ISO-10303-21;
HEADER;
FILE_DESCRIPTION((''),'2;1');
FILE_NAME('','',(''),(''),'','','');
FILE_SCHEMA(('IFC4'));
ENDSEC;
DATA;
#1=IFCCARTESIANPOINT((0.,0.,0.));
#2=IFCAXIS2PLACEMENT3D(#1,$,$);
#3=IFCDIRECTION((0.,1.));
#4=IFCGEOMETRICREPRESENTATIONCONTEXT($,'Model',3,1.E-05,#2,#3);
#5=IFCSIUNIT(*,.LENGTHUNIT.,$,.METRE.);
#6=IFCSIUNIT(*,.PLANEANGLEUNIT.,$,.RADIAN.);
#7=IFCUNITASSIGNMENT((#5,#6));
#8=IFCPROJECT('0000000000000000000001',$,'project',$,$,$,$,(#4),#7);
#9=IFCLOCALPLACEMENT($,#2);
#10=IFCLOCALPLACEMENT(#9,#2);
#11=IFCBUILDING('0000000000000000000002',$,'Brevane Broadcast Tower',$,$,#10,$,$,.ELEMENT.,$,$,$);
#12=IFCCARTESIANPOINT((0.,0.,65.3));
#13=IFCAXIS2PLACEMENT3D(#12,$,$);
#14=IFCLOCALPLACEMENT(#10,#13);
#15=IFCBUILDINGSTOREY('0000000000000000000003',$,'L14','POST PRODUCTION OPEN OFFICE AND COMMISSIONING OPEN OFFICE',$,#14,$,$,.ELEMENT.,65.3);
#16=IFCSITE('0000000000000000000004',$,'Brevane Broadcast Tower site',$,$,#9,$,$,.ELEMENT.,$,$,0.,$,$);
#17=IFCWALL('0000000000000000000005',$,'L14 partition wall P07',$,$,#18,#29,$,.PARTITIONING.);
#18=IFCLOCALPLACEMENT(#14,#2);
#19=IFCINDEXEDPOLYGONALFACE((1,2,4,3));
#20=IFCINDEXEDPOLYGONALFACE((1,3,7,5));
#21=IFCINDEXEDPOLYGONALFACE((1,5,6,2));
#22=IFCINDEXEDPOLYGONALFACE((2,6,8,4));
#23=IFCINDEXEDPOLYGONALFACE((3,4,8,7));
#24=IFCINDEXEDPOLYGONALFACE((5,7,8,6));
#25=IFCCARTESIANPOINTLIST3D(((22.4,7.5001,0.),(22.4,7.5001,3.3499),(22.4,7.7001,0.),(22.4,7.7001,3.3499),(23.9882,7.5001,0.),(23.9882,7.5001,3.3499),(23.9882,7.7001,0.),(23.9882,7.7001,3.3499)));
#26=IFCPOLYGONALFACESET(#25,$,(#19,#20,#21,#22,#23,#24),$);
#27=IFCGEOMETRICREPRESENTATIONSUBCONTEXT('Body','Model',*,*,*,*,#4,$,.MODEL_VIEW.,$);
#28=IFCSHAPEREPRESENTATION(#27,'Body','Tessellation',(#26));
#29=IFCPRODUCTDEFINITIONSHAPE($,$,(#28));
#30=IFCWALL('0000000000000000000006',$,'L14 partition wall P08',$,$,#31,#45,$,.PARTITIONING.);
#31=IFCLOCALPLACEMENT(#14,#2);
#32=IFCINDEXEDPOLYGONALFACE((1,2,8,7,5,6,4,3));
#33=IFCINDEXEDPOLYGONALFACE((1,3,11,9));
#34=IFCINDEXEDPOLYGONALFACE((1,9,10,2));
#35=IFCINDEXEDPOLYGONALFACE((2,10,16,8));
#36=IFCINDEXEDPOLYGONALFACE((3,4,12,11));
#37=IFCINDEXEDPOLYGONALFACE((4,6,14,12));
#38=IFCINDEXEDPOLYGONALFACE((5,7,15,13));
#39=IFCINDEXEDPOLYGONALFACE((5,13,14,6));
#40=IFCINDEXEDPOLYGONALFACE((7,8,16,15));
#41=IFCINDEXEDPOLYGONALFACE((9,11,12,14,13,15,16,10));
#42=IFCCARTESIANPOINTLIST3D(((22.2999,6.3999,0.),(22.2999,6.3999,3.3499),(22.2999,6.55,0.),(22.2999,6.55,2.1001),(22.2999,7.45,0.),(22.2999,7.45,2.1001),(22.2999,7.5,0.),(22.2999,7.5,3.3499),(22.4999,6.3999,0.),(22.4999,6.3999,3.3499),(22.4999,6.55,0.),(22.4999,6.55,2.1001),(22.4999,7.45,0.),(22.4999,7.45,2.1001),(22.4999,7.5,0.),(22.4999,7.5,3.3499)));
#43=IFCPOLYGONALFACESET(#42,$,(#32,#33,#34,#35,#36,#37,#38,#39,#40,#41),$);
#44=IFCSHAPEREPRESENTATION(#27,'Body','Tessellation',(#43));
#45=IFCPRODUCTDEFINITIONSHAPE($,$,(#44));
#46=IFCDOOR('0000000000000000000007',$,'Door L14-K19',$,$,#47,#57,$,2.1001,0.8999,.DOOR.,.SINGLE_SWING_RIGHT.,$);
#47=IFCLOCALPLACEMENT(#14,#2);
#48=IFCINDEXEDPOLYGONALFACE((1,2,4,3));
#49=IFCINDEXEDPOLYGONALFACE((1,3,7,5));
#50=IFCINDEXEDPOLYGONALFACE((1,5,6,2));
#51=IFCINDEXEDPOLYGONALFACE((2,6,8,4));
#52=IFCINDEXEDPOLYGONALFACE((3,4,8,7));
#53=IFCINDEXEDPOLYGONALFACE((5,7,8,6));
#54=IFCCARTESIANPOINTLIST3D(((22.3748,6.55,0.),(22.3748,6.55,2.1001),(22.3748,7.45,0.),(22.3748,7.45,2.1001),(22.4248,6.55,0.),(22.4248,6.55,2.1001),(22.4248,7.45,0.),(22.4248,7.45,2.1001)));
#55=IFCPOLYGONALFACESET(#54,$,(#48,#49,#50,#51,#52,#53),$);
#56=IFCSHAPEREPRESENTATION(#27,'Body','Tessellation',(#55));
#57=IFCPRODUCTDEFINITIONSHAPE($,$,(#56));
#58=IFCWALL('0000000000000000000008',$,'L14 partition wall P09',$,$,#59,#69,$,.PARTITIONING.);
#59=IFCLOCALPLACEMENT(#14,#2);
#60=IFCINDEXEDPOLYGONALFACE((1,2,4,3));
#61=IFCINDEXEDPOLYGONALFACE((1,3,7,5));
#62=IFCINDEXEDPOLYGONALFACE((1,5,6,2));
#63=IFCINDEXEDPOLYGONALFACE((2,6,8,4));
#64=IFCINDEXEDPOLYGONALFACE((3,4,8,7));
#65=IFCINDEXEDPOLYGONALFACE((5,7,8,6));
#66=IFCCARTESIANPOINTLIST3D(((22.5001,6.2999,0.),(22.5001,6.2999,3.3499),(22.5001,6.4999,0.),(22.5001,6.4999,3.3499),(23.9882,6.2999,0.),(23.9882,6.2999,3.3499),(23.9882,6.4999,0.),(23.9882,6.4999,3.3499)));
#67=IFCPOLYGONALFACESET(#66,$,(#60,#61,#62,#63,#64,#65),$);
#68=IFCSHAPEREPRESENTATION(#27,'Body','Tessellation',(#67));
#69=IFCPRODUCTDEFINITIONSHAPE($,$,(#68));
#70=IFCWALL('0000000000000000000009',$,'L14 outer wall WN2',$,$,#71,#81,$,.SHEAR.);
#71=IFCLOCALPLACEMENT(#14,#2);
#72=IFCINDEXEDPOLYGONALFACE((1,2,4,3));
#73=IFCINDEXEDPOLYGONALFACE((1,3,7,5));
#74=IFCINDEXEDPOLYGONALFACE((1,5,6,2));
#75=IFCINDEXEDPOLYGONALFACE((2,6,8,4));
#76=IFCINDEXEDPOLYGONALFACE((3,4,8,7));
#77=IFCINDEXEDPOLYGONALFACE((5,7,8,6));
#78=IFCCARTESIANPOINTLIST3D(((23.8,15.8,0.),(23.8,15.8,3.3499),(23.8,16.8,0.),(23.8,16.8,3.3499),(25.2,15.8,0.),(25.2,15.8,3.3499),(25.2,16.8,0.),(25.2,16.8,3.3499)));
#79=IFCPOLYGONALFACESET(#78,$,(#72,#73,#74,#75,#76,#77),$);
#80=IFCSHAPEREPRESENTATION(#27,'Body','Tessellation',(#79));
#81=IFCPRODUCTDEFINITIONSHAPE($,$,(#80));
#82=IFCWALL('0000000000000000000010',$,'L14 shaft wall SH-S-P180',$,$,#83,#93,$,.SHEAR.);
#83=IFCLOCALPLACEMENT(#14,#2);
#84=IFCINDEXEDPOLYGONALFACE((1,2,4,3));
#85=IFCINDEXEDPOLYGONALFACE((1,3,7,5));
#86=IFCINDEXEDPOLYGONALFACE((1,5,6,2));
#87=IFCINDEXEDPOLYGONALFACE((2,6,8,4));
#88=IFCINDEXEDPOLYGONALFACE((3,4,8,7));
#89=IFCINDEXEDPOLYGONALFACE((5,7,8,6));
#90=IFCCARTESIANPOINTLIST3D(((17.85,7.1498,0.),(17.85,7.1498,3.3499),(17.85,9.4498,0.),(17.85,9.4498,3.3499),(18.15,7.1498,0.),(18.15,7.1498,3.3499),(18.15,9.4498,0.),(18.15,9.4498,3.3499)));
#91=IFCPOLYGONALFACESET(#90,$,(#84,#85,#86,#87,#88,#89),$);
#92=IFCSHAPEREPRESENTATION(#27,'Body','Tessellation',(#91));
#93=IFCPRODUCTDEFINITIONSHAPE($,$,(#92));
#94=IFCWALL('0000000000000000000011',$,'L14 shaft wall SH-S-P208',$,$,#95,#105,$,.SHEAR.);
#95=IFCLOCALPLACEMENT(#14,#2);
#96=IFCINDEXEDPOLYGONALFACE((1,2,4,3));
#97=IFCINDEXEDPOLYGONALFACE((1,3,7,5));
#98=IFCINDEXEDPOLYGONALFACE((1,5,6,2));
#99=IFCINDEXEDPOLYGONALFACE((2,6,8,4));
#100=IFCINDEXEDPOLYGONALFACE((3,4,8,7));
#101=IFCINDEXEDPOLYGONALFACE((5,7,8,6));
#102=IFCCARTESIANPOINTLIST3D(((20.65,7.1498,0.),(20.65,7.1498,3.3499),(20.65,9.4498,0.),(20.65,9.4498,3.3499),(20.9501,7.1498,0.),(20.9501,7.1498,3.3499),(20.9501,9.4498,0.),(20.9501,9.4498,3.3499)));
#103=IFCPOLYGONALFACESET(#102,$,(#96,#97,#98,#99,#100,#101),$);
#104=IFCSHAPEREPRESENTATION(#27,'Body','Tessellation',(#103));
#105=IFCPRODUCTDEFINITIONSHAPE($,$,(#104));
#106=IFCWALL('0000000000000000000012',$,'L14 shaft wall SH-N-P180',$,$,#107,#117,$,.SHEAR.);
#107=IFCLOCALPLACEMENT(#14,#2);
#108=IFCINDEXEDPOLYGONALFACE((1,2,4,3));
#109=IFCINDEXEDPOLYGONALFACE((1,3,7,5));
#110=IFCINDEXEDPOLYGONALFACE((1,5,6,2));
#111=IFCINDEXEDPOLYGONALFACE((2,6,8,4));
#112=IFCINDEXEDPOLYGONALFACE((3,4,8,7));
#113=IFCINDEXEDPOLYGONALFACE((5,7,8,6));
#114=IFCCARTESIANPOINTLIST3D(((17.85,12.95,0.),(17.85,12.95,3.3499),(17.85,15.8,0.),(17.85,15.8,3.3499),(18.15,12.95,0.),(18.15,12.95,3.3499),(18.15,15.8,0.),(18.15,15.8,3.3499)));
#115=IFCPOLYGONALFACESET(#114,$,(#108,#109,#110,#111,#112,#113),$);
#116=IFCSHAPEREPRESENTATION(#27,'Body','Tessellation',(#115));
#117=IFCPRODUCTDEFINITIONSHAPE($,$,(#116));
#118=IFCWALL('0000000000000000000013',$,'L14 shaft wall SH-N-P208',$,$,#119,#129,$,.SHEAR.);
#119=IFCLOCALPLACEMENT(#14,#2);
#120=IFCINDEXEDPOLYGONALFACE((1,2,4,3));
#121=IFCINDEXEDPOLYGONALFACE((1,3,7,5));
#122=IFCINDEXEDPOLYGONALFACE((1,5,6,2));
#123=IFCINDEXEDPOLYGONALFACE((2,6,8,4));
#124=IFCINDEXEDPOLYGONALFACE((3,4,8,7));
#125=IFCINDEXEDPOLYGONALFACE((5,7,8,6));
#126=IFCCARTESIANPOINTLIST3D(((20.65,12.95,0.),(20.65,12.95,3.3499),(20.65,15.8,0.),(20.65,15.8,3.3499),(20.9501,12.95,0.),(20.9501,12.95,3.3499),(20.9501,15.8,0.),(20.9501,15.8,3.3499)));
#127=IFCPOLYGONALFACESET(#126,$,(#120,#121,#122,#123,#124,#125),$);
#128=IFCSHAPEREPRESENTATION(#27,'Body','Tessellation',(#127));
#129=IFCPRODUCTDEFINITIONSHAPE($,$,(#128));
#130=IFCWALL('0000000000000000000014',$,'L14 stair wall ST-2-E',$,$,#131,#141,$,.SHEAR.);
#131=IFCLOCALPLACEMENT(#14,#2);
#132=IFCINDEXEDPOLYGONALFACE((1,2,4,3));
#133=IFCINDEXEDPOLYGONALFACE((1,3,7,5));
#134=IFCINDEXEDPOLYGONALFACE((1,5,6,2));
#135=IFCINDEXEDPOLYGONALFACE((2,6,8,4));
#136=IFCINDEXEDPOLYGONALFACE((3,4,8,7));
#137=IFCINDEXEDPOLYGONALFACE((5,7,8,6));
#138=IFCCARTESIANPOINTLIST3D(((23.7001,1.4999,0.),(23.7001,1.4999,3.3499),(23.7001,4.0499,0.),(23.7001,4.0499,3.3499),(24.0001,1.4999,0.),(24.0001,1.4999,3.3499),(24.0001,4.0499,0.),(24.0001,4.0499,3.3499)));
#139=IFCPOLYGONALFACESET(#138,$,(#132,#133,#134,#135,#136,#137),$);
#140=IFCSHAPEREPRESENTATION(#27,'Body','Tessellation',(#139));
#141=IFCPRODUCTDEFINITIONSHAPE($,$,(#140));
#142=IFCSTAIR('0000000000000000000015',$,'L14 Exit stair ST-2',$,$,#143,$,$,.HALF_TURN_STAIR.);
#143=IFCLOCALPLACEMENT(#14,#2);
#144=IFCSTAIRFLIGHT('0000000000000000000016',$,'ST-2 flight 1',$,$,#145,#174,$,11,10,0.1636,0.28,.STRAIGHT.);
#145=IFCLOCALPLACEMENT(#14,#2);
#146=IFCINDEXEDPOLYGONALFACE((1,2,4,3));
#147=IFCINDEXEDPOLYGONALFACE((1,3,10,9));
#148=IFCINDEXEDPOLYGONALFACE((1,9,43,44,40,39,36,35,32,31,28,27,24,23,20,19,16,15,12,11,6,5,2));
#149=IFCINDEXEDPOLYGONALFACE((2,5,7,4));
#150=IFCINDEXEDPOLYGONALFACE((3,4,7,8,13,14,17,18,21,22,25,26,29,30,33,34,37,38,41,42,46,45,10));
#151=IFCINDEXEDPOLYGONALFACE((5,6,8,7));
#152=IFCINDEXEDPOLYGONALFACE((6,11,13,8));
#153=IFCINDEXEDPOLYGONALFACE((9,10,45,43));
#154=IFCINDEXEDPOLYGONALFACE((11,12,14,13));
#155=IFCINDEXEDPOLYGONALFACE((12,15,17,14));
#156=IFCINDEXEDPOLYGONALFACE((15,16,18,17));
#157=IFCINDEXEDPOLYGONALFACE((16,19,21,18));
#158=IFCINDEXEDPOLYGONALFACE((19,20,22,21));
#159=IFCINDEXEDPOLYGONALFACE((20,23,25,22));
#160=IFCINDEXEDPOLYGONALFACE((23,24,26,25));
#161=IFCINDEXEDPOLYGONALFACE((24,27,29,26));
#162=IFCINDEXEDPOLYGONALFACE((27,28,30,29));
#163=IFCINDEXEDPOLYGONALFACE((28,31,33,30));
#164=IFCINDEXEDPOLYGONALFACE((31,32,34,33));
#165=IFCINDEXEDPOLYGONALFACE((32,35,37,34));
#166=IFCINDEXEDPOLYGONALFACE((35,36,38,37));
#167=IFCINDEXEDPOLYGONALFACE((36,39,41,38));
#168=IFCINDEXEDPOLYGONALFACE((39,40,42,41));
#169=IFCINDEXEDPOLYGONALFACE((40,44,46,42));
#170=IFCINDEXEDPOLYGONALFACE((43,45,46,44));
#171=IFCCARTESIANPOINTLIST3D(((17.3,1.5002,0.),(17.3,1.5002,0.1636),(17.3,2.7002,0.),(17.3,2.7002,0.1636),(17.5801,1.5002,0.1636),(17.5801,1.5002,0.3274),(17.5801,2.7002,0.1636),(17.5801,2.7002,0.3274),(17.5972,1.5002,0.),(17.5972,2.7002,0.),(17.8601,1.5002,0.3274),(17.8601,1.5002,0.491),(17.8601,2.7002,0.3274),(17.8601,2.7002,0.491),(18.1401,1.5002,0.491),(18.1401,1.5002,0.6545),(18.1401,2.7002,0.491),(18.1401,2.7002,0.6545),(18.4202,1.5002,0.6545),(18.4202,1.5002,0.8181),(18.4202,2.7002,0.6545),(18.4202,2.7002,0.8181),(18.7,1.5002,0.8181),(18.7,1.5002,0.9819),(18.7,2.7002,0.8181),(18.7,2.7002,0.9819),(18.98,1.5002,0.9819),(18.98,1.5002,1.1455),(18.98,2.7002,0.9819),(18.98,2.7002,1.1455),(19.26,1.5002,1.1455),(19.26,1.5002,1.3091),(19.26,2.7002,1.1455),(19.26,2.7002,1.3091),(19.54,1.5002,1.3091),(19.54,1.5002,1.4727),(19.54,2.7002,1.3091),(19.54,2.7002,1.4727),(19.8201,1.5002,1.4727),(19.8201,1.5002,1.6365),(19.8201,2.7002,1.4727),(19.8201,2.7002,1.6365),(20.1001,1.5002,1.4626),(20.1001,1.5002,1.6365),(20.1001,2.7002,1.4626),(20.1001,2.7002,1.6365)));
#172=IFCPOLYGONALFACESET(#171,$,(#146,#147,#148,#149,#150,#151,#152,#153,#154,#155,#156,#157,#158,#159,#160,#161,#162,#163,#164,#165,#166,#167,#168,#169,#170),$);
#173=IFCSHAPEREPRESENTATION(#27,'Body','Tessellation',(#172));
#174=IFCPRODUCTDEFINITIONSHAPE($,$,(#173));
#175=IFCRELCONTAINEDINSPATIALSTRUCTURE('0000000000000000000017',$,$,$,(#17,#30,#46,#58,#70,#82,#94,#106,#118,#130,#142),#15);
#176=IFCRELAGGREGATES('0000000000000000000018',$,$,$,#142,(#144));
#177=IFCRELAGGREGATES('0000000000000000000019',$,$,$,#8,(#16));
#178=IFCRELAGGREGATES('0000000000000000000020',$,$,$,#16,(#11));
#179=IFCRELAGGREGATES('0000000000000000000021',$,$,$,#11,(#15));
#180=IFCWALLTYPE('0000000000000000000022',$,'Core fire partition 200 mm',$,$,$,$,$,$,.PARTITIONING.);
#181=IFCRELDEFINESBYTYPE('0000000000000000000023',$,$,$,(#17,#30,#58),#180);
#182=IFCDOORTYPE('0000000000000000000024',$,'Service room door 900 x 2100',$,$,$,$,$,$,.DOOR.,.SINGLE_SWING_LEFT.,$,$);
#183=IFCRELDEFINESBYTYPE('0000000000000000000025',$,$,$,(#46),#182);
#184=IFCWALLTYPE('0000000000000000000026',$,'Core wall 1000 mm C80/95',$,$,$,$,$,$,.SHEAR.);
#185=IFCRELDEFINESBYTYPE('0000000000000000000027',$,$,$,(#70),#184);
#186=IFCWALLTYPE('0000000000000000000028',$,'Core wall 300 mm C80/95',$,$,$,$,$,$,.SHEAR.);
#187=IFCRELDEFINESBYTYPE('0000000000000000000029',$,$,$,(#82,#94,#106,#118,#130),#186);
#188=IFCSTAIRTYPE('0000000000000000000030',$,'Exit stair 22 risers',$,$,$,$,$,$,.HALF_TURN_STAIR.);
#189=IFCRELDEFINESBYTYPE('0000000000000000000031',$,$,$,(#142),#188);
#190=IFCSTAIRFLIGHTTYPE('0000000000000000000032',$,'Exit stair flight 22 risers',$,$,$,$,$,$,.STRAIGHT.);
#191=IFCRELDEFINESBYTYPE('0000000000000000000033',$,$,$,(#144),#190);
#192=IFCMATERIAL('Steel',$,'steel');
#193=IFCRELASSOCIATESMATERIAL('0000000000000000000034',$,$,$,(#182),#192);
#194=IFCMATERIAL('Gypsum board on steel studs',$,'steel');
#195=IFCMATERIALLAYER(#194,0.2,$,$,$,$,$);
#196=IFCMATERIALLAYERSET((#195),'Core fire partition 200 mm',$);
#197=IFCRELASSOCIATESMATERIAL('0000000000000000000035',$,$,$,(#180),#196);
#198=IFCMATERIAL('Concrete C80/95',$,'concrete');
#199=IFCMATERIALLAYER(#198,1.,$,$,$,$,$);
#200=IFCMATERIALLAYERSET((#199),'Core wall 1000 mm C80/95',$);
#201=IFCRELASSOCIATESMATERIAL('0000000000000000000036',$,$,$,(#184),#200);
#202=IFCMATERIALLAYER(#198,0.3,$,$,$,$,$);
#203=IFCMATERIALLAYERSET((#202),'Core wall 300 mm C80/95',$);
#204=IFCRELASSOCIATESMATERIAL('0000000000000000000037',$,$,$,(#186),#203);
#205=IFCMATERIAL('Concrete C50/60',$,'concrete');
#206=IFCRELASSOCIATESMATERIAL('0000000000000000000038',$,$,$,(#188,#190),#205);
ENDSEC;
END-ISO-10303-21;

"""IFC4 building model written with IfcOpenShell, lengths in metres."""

from ifc_helpers import new_model, si_unit, direction, frame, frame_2d, origin, place, context, subcontext, project, spatial, polyline, rectangle, outline, extrude, material, layer, layer_set, type_object, element, fill, aggregate, save


model = new_model("IFC4")

# Units and contexts
model_context = context("Model", 3, precision=1e-05, world=origin(), true_north=direction((0.0, 1.0)))
body_context = subcontext(model_context, "Body", "Model", "MODEL_VIEW")
ifc_project = project(units=[si_unit("LENGTHUNIT", "METRE"), si_unit("PLANEANGLEUNIT", "RADIAN")], contexts=[model_context])

# Site, building, storey
site_placement = place(None, origin())
site = spatial("IfcSite", under=ifc_project, at=site_placement, Name="Brevane Broadcast Tower site", CompositionType="ELEMENT", RefElevation=0.0)
building_placement = place(site_placement, origin())
building = spatial("IfcBuilding", under=site, at=building_placement, Name="Brevane Broadcast Tower", CompositionType="ELEMENT")
storey_placement = place(building_placement, frame((0.0, 0.0, 65.3)))
storey = spatial("IfcBuildingStorey", under=building, at=storey_placement, Name="L14", Description="POST PRODUCTION OPEN OFFICE AND COMMISSIONING OPEN OFFICE", CompositionType="ELEMENT", Elevation=65.3)

# Shared definitions
ifc_material_1 = material(Name="Gypsum board on steel studs", Category="steel")
ifc_material_2 = material(Name="Steel", Category="steel")

# Shared definitions
door_type_1 = type_object("IfcDoorType", Name="Service room door 900 x 2100", OperationType="SINGLE_SWING_LEFT", PredefinedType="DOOR", material=ifc_material_2)

# Wall
ifc_layer_1 = layer(ifc_material_1, 0.2)
ifc_layer_set_1 = layer_set([ifc_layer_1], Name="Core fire partition 200 mm")
wall_type_1 = type_object("IfcWallType", Name="Core fire partition 200 mm", PredefinedType="PARTITIONING", material=ifc_layer_set_1)
wall_1_placement = place(storey_placement, frame((23.988, 7.6001, 0.0), z_axis=(0.0, 0.0, 1.0), x_axis=(-1.0, 0.0, 0.0)))
element("IfcWall", 1, at=wall_1_placement, inside=storey, type_object=wall_type_1, Name="L14 partition wall P07", PredefinedType="PARTITIONING", context=body_context, shape_type="SweptSolid", body=[
    extrude(rectangle(XDim=1.5881, YDim=0.2, at=frame_2d((0.7939, 0.0))), origin(), (0.0, 0.0, 1.0), 3.3499),
])

# Wall, opening, door
wall_2_placement = place(storey_placement, frame((22.3999, 7.5, 0.0), z_axis=(0.0, 0.0, 1.0), x_axis=(0.0, -1.0, 0.0)))
wall_2 = element("IfcWall", 2, at=wall_2_placement, inside=storey, type_object=wall_type_1, Name="L14 partition wall P08", PredefinedType="PARTITIONING", context=body_context, shape_type="SweptSolid", body=[
    extrude(rectangle(XDim=1.1001, YDim=0.2, at=frame_2d((0.55, 0.0))), origin(), (0.0, 0.0, 1.0), 3.3499),
])
opening_1_placement = place(wall_2_placement, frame((0.05, 0.0, 0.0)))
opening_1 = element("IfcOpeningElement", 3, at=opening_1_placement, cuts=wall_2, PredefinedType="OPENING", context=body_context, shape_type="SweptSolid", body=[
    extrude(rectangle(XDim=0.8999, YDim=2.1001, at=frame_2d((0.45, 1.05))), frame((0.0, 0.1099, 0.0), z_axis=(0.0, -1.0, 0.0), x_axis=(1.0, 0.0, 0.0)), (0.0, 0.0, 1.0), 0.22),
])
door_1_placement = place(opening_1_placement, origin())
door_1 = element("IfcDoor", 4, at=door_1_placement, inside=storey, type_object=door_type_1, Name="Door L14-K19", OperationType="SINGLE_SWING_RIGHT", OverallHeight=2.1001, OverallWidth=0.8999, PredefinedType="DOOR", context=body_context, shape_type="SweptSolid", body=[
    extrude(rectangle(XDim=0.8999, YDim=2.1001, at=frame_2d((0.45, 1.05))), frame((0.0, 0.0249, 0.0), z_axis=(0.0, -1.0, 0.0), x_axis=(1.0, 0.0, 0.0)), (0.0, 0.0, 1.0), 0.05),
])
fill(opening_1, door_1)

# Walls
wall_3_placement = place(storey_placement, frame((22.5, 6.3999, 0.0), z_axis=(0.0, 0.0, 1.0), x_axis=(1.0, 0.0, 0.0)))
element("IfcWall", 5, at=wall_3_placement, inside=storey, type_object=wall_type_1, Name="L14 partition wall P09", PredefinedType="PARTITIONING", context=body_context, shape_type="SweptSolid", body=[
    extrude(rectangle(XDim=1.488, YDim=0.2, at=frame_2d((0.7441, 0.0))), origin(), (0.0, 0.0, 1.0), 3.3499),
])
ifc_material_3 = material(Name="Concrete C80/95", Category="concrete")
ifc_layer_2 = layer(ifc_material_3, 1.0)
ifc_layer_set_2 = layer_set([ifc_layer_2], Name="Core wall 1000 mm C80/95")
wall_type_2 = type_object("IfcWallType", Name="Core wall 1000 mm C80/95", PredefinedType="SHEAR", material=ifc_layer_set_2)
wall_4_placement = place(storey_placement, frame((23.8, 16.3, 0.0), z_axis=(0.0, 0.0, 1.0), x_axis=(1.0, 0.0, 0.0)))
element("IfcWall", 6, at=wall_4_placement, inside=storey, type_object=wall_type_2, Name="L14 outer wall WN2", PredefinedType="SHEAR", context=body_context, shape_type="SweptSolid", body=[
    extrude(rectangle(XDim=1.3999, YDim=1.0, at=frame_2d((0.7, 0.0))), origin(), (0.0, 0.0, 1.0), 3.3499),
])
ifc_layer_3 = layer(ifc_material_3, 0.3)
ifc_layer_set_3 = layer_set([ifc_layer_3], Name="Core wall 300 mm C80/95")
wall_type_3 = type_object("IfcWallType", Name="Core wall 300 mm C80/95", PredefinedType="SHEAR", material=ifc_layer_set_3)
for number, where, z_axis, x_axis, name in (
    (7, (18.0, 7.1499, 0.0), (0.0, 0.0, 1.0), (0.0, 1.0, 0.0), "L14 shaft wall SH-S-P180"),
    (8, (20.8, 7.1499, 0.0), (0.0, 0.0, 1.0), (0.0, 1.0, 0.0), "L14 shaft wall SH-S-P208"),
):
    element("IfcWall", number, at=place(storey_placement, frame(where, z_axis=z_axis, x_axis=x_axis)), inside=storey, type_object=wall_type_3, Name=name, PredefinedType="SHEAR", context=body_context, shape_type="SweptSolid", body=[
        extrude(rectangle(XDim=2.3, YDim=0.3, at=frame_2d((1.1499, 0.0))), origin(), (0.0, 0.0, 1.0), 3.3499),
    ])
for number, where, z_axis, x_axis, name in (
    (9, (18.0, 12.95, 0.0), (0.0, 0.0, 1.0), (0.0, 1.0, 0.0), "L14 shaft wall SH-N-P180"),
    (10, (20.8, 12.95, 0.0), (0.0, 0.0, 1.0), (0.0, 1.0, 0.0), "L14 shaft wall SH-N-P208"),
):
    element("IfcWall", number, at=place(storey_placement, frame(where, z_axis=z_axis, x_axis=x_axis)), inside=storey, type_object=wall_type_3, Name=name, PredefinedType="SHEAR", context=body_context, shape_type="SweptSolid", body=[
        extrude(rectangle(XDim=2.8501, YDim=0.3, at=frame_2d((1.425, 0.0))), origin(), (0.0, 0.0, 1.0), 3.3499),
    ])
wall_5_placement = place(storey_placement, frame((23.8501, 1.5, 0.0), z_axis=(0.0, 0.0, 1.0), x_axis=(0.0, 1.0, 0.0)))
element("IfcWall", 11, at=wall_5_placement, inside=storey, type_object=wall_type_3, Name="L14 stair wall ST-2-E", PredefinedType="SHEAR", context=body_context, shape_type="SweptSolid", body=[
    extrude(rectangle(XDim=2.55, YDim=0.3, at=frame_2d((1.2749, 0.0))), origin(), (0.0, 0.0, 1.0), 3.3499),
])

# Stair, stair flight
ifc_material_4 = material(Name="Concrete C50/60", Category="concrete")
stair_type = type_object("IfcStairType", Name="Exit stair 22 risers", PredefinedType="HALF_TURN_STAIR", material=ifc_material_4)
stair_placement = place(storey_placement, origin())
stair = element("IfcStair", 12, at=stair_placement, inside=storey, type_object=stair_type, Name="L14 Exit stair ST-2", PredefinedType="HALF_TURN_STAIR")
stair_flight_type = type_object("IfcStairFlightType", Name="Exit stair flight 22 risers", PredefinedType="STRAIGHT", material=ifc_material_4)
stair_flight_1_placement = place(storey_placement, frame((17.3, 2.1001, 0.0), z_axis=(0.0, 0.0, 1.0), x_axis=(1.0, 0.0, 0.0)))
stair_flight_1 = element("IfcStairFlight", 13, at=stair_flight_1_placement, type_object=stair_flight_type, Name="ST-2 flight 1", NumberOfRisers=11, NumberOfTreads=10, PredefinedType="STRAIGHT", RiserHeight=0.1636, TreadLength=0.28, context=body_context, shape_type="SweptSolid", body=[
    extrude(outline(polyline([(0.0, 0.0), (0.0, 0.1636), (0.28, 0.1636), (0.28, 0.3274), (0.5601, 0.3274), (0.5601, 0.491), (0.8401, 0.491), (0.8401, 0.6545), (1.1201, 0.6545), (1.1201, 0.8181), (1.3999, 0.8181), (1.3999, 0.9819), (1.6799, 0.9819), (1.6799, 1.1455), (1.96, 1.1455), (1.96, 1.3091), (2.24, 1.3091), (2.24, 1.4727), (2.52, 1.4727), (2.52, 1.6365), (2.8, 1.6365), (2.8, 1.8), (2.8, 1.4626), (0.2971, 0.0), (0.0, 0.0)])), frame((0.0, 0.6001, 0.0), z_axis=(0.0, -1.0, 0.0), x_axis=(1.0, 0.0, 0.0)), (0.0, 0.0, 1.0), 1.2),
])
aggregate(stair, [stair_flight_1])

save(model, "model.ifc")
